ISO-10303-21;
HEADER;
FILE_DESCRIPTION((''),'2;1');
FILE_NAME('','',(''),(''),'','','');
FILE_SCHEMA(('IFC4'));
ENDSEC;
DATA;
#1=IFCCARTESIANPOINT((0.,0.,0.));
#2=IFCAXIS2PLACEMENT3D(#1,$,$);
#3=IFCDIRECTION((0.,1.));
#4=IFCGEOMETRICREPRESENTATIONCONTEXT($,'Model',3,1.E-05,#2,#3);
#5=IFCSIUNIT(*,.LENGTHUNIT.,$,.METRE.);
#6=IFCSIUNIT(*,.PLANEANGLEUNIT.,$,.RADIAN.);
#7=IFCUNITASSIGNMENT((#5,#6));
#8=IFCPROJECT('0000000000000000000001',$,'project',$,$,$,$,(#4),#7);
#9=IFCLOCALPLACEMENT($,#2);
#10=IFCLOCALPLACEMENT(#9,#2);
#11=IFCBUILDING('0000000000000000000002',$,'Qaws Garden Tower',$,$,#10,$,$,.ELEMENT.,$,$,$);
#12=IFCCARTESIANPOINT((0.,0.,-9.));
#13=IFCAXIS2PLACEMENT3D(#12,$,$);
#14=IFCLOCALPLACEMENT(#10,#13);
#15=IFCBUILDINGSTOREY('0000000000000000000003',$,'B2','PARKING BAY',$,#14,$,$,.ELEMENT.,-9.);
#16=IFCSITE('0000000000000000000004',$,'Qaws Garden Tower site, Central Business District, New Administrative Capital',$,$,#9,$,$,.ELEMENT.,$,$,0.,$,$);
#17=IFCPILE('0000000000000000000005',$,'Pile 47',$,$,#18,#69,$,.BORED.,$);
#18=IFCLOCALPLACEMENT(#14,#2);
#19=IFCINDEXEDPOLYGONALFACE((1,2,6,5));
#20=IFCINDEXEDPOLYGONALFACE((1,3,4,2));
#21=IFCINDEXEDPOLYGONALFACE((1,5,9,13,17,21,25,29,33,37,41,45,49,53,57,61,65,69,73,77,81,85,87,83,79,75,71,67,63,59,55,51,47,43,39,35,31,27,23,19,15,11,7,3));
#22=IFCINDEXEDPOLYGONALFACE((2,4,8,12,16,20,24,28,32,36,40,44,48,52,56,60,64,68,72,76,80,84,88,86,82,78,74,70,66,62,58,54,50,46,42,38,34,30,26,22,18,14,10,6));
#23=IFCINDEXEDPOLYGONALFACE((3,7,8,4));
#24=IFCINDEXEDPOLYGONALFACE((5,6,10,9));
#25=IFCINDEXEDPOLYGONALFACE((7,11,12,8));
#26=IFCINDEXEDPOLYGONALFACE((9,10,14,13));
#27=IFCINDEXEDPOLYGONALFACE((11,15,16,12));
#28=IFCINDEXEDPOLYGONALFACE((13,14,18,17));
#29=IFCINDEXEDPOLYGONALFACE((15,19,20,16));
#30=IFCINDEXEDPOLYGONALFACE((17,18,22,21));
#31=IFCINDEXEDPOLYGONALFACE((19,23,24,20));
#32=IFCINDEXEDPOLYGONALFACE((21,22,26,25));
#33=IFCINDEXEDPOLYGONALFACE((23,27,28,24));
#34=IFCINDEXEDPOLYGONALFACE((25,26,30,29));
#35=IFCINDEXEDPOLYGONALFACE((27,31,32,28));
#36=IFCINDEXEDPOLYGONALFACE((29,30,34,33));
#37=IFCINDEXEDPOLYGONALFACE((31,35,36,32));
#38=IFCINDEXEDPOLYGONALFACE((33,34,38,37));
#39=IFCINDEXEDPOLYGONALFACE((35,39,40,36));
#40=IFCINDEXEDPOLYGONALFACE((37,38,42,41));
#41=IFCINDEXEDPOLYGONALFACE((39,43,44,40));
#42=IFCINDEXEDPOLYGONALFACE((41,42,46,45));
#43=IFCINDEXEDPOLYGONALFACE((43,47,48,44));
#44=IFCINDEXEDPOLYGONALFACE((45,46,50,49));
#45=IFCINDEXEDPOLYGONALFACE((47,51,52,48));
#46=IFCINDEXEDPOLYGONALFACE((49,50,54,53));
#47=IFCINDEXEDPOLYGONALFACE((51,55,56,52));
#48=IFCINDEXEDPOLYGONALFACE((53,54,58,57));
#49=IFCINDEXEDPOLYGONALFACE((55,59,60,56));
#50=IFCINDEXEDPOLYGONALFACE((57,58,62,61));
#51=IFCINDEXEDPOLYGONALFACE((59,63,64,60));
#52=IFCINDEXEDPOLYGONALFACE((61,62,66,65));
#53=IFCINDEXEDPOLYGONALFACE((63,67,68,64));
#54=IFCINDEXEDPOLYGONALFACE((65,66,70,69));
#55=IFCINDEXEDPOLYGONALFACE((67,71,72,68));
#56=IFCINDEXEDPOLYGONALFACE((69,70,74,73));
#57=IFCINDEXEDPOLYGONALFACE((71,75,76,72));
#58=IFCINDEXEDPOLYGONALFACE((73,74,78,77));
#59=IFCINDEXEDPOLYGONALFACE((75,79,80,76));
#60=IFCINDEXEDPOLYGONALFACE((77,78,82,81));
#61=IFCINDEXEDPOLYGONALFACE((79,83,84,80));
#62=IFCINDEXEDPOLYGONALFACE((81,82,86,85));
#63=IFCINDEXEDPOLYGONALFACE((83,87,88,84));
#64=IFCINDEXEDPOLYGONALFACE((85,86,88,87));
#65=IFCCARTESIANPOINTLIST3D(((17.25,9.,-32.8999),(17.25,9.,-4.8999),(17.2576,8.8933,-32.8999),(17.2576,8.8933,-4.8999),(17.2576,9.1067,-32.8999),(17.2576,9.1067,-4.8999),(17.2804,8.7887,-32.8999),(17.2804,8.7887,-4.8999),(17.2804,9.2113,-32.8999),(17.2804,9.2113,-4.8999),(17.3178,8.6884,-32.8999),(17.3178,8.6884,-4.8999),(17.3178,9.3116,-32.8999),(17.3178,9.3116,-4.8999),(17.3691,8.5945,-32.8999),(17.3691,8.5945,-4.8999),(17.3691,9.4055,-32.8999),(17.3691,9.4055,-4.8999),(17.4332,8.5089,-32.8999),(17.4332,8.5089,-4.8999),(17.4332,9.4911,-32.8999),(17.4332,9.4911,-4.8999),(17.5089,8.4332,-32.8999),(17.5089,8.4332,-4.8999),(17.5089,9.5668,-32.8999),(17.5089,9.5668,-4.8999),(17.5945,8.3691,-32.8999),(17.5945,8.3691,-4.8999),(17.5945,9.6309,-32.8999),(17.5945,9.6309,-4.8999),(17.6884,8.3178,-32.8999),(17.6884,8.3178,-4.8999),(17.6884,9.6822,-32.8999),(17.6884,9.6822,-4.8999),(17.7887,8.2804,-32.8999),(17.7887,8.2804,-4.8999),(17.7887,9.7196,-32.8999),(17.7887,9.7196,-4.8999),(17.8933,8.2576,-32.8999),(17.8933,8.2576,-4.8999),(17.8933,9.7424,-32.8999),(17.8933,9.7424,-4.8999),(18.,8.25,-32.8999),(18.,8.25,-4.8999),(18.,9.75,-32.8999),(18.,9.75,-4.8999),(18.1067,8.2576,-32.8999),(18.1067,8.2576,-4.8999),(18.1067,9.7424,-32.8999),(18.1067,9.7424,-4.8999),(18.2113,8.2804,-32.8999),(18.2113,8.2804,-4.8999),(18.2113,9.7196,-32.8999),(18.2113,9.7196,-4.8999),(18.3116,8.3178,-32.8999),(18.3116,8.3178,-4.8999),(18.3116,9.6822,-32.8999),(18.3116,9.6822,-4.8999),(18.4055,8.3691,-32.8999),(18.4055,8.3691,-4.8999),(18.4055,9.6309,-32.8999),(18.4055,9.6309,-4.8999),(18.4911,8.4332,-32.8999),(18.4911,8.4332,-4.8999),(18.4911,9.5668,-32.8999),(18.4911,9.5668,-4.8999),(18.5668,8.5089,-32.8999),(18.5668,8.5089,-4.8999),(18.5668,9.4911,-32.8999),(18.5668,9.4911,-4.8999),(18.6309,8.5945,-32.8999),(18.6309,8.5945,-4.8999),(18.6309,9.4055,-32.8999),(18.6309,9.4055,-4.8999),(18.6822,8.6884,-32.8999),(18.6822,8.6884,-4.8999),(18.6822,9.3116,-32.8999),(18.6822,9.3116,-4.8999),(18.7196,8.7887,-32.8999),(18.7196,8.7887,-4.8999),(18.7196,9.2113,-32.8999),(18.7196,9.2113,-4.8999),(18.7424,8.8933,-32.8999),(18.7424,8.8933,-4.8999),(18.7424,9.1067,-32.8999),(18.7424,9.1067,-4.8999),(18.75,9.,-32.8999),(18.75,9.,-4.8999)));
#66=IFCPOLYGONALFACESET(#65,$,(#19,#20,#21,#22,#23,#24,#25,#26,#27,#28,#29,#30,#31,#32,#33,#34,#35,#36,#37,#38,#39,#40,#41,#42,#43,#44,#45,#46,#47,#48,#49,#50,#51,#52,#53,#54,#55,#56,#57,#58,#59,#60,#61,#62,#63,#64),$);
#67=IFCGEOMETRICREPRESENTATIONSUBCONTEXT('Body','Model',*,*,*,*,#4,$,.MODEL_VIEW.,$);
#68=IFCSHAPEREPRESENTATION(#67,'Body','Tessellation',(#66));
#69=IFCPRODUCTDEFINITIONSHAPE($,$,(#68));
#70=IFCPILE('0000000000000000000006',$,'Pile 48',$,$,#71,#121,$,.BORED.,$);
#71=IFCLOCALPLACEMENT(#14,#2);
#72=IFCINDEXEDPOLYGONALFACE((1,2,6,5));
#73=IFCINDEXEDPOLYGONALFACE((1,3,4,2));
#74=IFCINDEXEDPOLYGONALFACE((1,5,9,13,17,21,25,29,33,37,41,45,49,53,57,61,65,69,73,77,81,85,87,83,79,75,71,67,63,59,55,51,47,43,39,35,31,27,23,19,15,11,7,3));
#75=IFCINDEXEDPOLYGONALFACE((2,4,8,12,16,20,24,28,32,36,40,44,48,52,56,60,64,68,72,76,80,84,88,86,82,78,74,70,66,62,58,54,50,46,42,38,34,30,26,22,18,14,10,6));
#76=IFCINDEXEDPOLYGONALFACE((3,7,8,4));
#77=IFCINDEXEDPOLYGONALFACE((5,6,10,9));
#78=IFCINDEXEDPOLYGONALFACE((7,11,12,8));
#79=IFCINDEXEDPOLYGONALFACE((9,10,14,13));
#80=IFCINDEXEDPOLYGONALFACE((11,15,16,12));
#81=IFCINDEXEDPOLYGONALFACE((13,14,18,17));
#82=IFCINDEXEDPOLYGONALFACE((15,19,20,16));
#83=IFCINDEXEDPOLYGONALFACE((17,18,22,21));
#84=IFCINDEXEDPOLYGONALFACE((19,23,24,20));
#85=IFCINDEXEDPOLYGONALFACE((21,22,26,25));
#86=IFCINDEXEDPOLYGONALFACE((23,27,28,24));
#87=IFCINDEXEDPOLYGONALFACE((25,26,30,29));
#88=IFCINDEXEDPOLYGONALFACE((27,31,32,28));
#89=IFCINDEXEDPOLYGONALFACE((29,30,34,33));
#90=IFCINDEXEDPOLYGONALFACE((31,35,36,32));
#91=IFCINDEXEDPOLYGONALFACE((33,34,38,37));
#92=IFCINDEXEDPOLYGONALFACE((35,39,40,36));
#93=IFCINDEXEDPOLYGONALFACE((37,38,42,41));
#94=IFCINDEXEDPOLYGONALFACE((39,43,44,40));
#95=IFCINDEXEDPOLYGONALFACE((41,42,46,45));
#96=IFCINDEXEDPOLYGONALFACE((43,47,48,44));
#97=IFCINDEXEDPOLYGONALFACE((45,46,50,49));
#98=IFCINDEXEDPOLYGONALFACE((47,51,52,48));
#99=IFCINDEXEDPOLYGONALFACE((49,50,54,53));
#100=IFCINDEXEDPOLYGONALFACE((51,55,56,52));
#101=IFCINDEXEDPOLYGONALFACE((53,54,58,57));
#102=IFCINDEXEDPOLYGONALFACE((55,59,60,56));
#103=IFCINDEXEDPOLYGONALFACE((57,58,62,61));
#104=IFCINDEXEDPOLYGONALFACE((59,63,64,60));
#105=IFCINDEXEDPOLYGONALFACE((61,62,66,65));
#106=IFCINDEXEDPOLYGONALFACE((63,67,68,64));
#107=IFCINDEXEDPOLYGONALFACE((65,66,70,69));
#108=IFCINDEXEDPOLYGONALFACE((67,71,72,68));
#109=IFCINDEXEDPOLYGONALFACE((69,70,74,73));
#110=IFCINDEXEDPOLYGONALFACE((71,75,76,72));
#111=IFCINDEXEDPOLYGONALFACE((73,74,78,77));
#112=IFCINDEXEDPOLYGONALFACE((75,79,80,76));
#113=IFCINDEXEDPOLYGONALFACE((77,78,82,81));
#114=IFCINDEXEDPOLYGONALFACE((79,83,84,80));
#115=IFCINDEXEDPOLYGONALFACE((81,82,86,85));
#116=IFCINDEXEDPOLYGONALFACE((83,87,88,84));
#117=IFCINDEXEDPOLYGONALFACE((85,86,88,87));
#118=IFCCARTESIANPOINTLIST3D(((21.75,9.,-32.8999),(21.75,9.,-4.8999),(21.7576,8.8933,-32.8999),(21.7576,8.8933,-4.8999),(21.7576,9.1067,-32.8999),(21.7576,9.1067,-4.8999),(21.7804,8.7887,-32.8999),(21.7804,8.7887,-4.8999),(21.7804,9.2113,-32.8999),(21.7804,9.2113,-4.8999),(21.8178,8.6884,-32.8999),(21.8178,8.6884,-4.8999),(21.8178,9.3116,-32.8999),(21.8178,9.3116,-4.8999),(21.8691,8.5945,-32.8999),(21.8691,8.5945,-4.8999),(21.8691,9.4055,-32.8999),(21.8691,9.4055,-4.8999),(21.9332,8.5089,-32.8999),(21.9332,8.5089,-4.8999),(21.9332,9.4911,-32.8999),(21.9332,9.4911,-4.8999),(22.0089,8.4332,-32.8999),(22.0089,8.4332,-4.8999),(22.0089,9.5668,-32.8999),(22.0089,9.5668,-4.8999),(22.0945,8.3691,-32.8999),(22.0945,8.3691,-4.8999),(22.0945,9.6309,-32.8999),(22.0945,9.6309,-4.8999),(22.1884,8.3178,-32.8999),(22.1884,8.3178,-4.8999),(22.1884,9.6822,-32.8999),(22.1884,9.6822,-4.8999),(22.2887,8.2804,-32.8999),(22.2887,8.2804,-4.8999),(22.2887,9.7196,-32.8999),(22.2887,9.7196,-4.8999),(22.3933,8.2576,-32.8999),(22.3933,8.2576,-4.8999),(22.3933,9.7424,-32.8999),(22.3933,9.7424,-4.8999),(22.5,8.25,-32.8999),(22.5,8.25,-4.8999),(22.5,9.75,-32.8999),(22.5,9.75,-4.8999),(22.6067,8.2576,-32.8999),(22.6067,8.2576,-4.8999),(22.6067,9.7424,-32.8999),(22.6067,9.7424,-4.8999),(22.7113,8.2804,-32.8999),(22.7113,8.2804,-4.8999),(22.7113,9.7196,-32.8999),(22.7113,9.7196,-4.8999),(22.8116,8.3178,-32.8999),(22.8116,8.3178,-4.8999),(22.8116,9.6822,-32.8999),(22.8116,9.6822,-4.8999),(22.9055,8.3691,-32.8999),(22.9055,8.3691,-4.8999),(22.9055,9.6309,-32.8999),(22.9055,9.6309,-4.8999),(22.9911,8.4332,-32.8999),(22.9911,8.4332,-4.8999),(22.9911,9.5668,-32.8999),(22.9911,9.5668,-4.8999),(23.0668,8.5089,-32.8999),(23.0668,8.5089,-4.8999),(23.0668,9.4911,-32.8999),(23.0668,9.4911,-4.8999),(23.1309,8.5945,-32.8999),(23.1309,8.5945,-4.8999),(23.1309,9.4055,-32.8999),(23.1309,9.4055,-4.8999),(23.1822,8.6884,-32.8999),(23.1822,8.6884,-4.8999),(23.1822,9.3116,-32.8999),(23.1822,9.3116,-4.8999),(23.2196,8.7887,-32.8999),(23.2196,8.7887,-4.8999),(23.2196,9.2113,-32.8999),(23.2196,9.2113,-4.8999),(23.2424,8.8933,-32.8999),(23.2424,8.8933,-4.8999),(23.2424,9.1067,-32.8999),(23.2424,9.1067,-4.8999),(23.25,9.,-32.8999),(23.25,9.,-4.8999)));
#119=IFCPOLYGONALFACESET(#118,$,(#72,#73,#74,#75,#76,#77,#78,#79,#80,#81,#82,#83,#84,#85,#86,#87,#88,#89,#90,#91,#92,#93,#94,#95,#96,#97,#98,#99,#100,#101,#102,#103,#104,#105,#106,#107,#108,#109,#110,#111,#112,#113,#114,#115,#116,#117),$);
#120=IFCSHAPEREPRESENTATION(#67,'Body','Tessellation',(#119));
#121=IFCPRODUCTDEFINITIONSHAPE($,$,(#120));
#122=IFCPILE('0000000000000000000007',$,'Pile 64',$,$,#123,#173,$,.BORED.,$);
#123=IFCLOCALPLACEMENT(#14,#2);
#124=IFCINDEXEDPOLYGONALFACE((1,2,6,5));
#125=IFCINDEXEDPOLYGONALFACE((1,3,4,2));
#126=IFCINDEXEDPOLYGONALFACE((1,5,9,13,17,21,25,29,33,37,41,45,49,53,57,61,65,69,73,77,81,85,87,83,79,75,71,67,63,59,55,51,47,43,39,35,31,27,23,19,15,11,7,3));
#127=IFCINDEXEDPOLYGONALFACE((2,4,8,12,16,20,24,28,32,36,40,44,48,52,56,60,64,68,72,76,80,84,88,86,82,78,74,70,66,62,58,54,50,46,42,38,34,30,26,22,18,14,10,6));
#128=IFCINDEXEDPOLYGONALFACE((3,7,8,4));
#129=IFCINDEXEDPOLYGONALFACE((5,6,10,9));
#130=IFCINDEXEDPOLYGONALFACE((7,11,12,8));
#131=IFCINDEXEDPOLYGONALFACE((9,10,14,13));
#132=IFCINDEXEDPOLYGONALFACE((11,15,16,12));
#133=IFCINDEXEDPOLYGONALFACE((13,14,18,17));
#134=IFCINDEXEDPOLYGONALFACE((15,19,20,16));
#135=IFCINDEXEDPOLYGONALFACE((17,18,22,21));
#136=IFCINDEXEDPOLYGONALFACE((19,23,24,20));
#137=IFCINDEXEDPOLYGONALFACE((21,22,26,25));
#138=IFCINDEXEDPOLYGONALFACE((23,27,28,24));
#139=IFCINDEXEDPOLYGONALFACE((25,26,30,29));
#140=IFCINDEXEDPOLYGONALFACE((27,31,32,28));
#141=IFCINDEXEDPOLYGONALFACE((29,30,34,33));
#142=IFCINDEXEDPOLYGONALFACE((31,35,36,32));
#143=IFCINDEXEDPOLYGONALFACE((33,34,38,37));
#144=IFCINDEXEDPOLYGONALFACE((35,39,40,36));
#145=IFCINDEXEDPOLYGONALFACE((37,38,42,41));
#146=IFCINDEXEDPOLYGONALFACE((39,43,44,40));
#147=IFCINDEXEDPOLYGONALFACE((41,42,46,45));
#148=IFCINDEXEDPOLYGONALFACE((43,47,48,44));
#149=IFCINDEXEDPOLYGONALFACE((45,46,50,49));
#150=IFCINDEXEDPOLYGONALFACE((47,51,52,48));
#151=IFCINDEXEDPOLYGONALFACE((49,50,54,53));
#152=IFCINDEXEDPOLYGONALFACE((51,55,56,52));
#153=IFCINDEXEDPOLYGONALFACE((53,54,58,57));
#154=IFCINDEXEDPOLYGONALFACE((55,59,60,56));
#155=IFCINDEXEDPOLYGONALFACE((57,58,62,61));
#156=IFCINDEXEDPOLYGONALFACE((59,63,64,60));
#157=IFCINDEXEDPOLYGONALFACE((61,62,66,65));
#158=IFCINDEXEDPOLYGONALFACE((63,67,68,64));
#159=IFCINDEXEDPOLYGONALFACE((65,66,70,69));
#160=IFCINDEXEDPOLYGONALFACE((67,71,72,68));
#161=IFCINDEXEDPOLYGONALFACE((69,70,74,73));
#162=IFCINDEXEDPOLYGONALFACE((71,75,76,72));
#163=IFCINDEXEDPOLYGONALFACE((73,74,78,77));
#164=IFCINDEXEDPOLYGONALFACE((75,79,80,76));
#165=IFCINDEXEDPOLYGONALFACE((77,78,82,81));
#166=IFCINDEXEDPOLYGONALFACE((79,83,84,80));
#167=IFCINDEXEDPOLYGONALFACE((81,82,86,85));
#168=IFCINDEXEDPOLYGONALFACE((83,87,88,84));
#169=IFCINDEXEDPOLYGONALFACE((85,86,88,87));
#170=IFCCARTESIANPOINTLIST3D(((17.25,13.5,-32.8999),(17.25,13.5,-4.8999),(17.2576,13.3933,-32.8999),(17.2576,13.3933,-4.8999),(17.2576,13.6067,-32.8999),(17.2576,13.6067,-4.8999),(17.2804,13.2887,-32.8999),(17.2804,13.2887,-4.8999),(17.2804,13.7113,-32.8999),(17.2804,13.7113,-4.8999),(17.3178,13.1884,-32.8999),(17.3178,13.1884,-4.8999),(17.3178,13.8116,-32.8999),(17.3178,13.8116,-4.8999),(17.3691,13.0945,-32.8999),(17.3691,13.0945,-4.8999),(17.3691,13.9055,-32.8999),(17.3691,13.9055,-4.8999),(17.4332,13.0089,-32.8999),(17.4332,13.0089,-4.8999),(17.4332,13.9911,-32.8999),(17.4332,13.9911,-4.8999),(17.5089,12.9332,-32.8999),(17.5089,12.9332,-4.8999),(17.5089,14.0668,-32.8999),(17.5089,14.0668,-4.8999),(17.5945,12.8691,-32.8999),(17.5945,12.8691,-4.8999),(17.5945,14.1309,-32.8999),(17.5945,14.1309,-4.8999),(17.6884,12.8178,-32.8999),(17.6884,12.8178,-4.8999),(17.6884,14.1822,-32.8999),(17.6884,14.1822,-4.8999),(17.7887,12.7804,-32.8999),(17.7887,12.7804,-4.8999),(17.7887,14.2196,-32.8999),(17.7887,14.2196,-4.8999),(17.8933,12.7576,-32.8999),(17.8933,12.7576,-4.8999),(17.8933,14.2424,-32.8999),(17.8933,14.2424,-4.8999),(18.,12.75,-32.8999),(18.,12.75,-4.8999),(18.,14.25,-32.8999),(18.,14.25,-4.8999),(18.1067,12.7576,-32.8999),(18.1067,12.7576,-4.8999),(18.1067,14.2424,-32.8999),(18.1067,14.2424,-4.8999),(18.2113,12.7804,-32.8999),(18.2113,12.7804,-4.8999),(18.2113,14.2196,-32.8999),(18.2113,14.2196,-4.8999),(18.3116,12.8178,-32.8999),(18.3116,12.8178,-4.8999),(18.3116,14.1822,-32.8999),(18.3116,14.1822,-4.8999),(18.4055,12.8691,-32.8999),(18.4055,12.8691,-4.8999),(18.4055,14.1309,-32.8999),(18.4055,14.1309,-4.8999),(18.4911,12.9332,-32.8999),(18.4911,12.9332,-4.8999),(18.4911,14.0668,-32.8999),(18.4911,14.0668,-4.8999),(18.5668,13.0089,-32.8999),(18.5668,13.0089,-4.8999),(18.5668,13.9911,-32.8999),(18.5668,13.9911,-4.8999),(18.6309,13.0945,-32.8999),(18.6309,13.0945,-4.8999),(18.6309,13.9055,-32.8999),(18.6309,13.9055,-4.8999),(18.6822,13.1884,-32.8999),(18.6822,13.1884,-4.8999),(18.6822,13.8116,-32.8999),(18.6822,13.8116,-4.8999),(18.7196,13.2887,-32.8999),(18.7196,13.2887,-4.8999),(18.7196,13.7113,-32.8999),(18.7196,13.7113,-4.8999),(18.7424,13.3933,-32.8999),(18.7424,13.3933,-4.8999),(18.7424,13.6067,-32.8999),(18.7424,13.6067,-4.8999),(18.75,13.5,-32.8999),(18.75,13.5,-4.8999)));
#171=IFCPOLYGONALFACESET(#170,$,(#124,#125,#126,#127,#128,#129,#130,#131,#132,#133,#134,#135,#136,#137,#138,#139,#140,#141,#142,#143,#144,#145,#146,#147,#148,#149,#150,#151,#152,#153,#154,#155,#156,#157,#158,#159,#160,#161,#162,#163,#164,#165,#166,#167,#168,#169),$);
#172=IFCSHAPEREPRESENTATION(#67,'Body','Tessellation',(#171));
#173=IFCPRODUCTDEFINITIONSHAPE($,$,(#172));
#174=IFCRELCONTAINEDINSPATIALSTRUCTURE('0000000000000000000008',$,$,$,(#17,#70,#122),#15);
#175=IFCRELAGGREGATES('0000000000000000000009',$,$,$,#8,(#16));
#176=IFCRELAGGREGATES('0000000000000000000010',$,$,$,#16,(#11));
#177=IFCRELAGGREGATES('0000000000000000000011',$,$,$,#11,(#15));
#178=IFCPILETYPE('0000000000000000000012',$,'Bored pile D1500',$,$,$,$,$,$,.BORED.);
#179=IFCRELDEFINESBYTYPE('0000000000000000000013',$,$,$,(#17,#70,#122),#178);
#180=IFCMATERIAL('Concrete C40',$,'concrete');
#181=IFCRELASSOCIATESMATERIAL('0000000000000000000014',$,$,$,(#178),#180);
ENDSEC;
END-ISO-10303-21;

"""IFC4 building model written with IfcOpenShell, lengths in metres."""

from ifc_helpers import new_model, si_unit, direction, frame, origin, origin_2d, place, context, subcontext, project, spatial, circle, extrude, material, material_profile, profile_set, type_object, element, save


model = new_model("IFC4")

# Units and contexts
model_context = context("Model", 3, precision=1e-05, world=origin(), true_north=direction((0.0, 1.0)))
body_context = subcontext(model_context, "Body", "Model", "MODEL_VIEW")
ifc_project = project(units=[si_unit("LENGTHUNIT", "METRE"), si_unit("PLANEANGLEUNIT", "RADIAN")], contexts=[model_context])

# Site, building, storey
site_placement = place(None, origin())
site = spatial("IfcSite", under=ifc_project, at=site_placement, Name="Qaws Garden Tower site, Central Business District, New Administrative Capital", CompositionType="ELEMENT", RefElevation=0.0)
building_placement = place(site_placement, origin())
building = spatial("IfcBuilding", under=site, at=building_placement, Name="Qaws Garden Tower", CompositionType="ELEMENT")
storey_placement = place(building_placement, frame((0.0, 0.0, -9.0)))
storey = spatial("IfcBuildingStorey", under=building, at=storey_placement, Name="B2", Description="PARKING BAY", CompositionType="ELEMENT", Elevation=-9.0)

# Piles
ifc_material_1 = material(Name="Concrete C40", Category="concrete")
ifc_material_profile = material_profile(ifc_material_1, circle(Radius=0.75, at=origin_2d()), Name="Bored pile D1500")
ifc_profile_set = profile_set([ifc_material_profile], Name="Concrete C40")
pile_type = type_object("IfcPileType", Name="Bored pile D1500", PredefinedType="BORED", material=ifc_profile_set)
for number, where, z_axis, x_axis, name in (
    (1, (18.0, 9.0, -4.8999), (0.0, 0.0, -1.0), (1.0, 0.0, 0.0), "Pile 47"),
    (2, (22.5, 9.0, -4.8999), (0.0, 0.0, -1.0), (1.0, 0.0, 0.0), "Pile 48"),
    (3, (18.0, 13.5, -4.8999), (0.0, 0.0, -1.0), (1.0, 0.0, 0.0), "Pile 64"),
):
    element("IfcPile", number, at=place(storey_placement, frame(where, z_axis=z_axis, x_axis=x_axis)), inside=storey, type_object=pile_type, Name=name, PredefinedType="BORED", context=body_context, shape_type="SweptSolid", body=[
        extrude(circle(Radius=0.75, at=origin_2d()), origin(), (0.0, 0.0, 1.0), 28.0),
    ])

save(model, "model.ifc")
